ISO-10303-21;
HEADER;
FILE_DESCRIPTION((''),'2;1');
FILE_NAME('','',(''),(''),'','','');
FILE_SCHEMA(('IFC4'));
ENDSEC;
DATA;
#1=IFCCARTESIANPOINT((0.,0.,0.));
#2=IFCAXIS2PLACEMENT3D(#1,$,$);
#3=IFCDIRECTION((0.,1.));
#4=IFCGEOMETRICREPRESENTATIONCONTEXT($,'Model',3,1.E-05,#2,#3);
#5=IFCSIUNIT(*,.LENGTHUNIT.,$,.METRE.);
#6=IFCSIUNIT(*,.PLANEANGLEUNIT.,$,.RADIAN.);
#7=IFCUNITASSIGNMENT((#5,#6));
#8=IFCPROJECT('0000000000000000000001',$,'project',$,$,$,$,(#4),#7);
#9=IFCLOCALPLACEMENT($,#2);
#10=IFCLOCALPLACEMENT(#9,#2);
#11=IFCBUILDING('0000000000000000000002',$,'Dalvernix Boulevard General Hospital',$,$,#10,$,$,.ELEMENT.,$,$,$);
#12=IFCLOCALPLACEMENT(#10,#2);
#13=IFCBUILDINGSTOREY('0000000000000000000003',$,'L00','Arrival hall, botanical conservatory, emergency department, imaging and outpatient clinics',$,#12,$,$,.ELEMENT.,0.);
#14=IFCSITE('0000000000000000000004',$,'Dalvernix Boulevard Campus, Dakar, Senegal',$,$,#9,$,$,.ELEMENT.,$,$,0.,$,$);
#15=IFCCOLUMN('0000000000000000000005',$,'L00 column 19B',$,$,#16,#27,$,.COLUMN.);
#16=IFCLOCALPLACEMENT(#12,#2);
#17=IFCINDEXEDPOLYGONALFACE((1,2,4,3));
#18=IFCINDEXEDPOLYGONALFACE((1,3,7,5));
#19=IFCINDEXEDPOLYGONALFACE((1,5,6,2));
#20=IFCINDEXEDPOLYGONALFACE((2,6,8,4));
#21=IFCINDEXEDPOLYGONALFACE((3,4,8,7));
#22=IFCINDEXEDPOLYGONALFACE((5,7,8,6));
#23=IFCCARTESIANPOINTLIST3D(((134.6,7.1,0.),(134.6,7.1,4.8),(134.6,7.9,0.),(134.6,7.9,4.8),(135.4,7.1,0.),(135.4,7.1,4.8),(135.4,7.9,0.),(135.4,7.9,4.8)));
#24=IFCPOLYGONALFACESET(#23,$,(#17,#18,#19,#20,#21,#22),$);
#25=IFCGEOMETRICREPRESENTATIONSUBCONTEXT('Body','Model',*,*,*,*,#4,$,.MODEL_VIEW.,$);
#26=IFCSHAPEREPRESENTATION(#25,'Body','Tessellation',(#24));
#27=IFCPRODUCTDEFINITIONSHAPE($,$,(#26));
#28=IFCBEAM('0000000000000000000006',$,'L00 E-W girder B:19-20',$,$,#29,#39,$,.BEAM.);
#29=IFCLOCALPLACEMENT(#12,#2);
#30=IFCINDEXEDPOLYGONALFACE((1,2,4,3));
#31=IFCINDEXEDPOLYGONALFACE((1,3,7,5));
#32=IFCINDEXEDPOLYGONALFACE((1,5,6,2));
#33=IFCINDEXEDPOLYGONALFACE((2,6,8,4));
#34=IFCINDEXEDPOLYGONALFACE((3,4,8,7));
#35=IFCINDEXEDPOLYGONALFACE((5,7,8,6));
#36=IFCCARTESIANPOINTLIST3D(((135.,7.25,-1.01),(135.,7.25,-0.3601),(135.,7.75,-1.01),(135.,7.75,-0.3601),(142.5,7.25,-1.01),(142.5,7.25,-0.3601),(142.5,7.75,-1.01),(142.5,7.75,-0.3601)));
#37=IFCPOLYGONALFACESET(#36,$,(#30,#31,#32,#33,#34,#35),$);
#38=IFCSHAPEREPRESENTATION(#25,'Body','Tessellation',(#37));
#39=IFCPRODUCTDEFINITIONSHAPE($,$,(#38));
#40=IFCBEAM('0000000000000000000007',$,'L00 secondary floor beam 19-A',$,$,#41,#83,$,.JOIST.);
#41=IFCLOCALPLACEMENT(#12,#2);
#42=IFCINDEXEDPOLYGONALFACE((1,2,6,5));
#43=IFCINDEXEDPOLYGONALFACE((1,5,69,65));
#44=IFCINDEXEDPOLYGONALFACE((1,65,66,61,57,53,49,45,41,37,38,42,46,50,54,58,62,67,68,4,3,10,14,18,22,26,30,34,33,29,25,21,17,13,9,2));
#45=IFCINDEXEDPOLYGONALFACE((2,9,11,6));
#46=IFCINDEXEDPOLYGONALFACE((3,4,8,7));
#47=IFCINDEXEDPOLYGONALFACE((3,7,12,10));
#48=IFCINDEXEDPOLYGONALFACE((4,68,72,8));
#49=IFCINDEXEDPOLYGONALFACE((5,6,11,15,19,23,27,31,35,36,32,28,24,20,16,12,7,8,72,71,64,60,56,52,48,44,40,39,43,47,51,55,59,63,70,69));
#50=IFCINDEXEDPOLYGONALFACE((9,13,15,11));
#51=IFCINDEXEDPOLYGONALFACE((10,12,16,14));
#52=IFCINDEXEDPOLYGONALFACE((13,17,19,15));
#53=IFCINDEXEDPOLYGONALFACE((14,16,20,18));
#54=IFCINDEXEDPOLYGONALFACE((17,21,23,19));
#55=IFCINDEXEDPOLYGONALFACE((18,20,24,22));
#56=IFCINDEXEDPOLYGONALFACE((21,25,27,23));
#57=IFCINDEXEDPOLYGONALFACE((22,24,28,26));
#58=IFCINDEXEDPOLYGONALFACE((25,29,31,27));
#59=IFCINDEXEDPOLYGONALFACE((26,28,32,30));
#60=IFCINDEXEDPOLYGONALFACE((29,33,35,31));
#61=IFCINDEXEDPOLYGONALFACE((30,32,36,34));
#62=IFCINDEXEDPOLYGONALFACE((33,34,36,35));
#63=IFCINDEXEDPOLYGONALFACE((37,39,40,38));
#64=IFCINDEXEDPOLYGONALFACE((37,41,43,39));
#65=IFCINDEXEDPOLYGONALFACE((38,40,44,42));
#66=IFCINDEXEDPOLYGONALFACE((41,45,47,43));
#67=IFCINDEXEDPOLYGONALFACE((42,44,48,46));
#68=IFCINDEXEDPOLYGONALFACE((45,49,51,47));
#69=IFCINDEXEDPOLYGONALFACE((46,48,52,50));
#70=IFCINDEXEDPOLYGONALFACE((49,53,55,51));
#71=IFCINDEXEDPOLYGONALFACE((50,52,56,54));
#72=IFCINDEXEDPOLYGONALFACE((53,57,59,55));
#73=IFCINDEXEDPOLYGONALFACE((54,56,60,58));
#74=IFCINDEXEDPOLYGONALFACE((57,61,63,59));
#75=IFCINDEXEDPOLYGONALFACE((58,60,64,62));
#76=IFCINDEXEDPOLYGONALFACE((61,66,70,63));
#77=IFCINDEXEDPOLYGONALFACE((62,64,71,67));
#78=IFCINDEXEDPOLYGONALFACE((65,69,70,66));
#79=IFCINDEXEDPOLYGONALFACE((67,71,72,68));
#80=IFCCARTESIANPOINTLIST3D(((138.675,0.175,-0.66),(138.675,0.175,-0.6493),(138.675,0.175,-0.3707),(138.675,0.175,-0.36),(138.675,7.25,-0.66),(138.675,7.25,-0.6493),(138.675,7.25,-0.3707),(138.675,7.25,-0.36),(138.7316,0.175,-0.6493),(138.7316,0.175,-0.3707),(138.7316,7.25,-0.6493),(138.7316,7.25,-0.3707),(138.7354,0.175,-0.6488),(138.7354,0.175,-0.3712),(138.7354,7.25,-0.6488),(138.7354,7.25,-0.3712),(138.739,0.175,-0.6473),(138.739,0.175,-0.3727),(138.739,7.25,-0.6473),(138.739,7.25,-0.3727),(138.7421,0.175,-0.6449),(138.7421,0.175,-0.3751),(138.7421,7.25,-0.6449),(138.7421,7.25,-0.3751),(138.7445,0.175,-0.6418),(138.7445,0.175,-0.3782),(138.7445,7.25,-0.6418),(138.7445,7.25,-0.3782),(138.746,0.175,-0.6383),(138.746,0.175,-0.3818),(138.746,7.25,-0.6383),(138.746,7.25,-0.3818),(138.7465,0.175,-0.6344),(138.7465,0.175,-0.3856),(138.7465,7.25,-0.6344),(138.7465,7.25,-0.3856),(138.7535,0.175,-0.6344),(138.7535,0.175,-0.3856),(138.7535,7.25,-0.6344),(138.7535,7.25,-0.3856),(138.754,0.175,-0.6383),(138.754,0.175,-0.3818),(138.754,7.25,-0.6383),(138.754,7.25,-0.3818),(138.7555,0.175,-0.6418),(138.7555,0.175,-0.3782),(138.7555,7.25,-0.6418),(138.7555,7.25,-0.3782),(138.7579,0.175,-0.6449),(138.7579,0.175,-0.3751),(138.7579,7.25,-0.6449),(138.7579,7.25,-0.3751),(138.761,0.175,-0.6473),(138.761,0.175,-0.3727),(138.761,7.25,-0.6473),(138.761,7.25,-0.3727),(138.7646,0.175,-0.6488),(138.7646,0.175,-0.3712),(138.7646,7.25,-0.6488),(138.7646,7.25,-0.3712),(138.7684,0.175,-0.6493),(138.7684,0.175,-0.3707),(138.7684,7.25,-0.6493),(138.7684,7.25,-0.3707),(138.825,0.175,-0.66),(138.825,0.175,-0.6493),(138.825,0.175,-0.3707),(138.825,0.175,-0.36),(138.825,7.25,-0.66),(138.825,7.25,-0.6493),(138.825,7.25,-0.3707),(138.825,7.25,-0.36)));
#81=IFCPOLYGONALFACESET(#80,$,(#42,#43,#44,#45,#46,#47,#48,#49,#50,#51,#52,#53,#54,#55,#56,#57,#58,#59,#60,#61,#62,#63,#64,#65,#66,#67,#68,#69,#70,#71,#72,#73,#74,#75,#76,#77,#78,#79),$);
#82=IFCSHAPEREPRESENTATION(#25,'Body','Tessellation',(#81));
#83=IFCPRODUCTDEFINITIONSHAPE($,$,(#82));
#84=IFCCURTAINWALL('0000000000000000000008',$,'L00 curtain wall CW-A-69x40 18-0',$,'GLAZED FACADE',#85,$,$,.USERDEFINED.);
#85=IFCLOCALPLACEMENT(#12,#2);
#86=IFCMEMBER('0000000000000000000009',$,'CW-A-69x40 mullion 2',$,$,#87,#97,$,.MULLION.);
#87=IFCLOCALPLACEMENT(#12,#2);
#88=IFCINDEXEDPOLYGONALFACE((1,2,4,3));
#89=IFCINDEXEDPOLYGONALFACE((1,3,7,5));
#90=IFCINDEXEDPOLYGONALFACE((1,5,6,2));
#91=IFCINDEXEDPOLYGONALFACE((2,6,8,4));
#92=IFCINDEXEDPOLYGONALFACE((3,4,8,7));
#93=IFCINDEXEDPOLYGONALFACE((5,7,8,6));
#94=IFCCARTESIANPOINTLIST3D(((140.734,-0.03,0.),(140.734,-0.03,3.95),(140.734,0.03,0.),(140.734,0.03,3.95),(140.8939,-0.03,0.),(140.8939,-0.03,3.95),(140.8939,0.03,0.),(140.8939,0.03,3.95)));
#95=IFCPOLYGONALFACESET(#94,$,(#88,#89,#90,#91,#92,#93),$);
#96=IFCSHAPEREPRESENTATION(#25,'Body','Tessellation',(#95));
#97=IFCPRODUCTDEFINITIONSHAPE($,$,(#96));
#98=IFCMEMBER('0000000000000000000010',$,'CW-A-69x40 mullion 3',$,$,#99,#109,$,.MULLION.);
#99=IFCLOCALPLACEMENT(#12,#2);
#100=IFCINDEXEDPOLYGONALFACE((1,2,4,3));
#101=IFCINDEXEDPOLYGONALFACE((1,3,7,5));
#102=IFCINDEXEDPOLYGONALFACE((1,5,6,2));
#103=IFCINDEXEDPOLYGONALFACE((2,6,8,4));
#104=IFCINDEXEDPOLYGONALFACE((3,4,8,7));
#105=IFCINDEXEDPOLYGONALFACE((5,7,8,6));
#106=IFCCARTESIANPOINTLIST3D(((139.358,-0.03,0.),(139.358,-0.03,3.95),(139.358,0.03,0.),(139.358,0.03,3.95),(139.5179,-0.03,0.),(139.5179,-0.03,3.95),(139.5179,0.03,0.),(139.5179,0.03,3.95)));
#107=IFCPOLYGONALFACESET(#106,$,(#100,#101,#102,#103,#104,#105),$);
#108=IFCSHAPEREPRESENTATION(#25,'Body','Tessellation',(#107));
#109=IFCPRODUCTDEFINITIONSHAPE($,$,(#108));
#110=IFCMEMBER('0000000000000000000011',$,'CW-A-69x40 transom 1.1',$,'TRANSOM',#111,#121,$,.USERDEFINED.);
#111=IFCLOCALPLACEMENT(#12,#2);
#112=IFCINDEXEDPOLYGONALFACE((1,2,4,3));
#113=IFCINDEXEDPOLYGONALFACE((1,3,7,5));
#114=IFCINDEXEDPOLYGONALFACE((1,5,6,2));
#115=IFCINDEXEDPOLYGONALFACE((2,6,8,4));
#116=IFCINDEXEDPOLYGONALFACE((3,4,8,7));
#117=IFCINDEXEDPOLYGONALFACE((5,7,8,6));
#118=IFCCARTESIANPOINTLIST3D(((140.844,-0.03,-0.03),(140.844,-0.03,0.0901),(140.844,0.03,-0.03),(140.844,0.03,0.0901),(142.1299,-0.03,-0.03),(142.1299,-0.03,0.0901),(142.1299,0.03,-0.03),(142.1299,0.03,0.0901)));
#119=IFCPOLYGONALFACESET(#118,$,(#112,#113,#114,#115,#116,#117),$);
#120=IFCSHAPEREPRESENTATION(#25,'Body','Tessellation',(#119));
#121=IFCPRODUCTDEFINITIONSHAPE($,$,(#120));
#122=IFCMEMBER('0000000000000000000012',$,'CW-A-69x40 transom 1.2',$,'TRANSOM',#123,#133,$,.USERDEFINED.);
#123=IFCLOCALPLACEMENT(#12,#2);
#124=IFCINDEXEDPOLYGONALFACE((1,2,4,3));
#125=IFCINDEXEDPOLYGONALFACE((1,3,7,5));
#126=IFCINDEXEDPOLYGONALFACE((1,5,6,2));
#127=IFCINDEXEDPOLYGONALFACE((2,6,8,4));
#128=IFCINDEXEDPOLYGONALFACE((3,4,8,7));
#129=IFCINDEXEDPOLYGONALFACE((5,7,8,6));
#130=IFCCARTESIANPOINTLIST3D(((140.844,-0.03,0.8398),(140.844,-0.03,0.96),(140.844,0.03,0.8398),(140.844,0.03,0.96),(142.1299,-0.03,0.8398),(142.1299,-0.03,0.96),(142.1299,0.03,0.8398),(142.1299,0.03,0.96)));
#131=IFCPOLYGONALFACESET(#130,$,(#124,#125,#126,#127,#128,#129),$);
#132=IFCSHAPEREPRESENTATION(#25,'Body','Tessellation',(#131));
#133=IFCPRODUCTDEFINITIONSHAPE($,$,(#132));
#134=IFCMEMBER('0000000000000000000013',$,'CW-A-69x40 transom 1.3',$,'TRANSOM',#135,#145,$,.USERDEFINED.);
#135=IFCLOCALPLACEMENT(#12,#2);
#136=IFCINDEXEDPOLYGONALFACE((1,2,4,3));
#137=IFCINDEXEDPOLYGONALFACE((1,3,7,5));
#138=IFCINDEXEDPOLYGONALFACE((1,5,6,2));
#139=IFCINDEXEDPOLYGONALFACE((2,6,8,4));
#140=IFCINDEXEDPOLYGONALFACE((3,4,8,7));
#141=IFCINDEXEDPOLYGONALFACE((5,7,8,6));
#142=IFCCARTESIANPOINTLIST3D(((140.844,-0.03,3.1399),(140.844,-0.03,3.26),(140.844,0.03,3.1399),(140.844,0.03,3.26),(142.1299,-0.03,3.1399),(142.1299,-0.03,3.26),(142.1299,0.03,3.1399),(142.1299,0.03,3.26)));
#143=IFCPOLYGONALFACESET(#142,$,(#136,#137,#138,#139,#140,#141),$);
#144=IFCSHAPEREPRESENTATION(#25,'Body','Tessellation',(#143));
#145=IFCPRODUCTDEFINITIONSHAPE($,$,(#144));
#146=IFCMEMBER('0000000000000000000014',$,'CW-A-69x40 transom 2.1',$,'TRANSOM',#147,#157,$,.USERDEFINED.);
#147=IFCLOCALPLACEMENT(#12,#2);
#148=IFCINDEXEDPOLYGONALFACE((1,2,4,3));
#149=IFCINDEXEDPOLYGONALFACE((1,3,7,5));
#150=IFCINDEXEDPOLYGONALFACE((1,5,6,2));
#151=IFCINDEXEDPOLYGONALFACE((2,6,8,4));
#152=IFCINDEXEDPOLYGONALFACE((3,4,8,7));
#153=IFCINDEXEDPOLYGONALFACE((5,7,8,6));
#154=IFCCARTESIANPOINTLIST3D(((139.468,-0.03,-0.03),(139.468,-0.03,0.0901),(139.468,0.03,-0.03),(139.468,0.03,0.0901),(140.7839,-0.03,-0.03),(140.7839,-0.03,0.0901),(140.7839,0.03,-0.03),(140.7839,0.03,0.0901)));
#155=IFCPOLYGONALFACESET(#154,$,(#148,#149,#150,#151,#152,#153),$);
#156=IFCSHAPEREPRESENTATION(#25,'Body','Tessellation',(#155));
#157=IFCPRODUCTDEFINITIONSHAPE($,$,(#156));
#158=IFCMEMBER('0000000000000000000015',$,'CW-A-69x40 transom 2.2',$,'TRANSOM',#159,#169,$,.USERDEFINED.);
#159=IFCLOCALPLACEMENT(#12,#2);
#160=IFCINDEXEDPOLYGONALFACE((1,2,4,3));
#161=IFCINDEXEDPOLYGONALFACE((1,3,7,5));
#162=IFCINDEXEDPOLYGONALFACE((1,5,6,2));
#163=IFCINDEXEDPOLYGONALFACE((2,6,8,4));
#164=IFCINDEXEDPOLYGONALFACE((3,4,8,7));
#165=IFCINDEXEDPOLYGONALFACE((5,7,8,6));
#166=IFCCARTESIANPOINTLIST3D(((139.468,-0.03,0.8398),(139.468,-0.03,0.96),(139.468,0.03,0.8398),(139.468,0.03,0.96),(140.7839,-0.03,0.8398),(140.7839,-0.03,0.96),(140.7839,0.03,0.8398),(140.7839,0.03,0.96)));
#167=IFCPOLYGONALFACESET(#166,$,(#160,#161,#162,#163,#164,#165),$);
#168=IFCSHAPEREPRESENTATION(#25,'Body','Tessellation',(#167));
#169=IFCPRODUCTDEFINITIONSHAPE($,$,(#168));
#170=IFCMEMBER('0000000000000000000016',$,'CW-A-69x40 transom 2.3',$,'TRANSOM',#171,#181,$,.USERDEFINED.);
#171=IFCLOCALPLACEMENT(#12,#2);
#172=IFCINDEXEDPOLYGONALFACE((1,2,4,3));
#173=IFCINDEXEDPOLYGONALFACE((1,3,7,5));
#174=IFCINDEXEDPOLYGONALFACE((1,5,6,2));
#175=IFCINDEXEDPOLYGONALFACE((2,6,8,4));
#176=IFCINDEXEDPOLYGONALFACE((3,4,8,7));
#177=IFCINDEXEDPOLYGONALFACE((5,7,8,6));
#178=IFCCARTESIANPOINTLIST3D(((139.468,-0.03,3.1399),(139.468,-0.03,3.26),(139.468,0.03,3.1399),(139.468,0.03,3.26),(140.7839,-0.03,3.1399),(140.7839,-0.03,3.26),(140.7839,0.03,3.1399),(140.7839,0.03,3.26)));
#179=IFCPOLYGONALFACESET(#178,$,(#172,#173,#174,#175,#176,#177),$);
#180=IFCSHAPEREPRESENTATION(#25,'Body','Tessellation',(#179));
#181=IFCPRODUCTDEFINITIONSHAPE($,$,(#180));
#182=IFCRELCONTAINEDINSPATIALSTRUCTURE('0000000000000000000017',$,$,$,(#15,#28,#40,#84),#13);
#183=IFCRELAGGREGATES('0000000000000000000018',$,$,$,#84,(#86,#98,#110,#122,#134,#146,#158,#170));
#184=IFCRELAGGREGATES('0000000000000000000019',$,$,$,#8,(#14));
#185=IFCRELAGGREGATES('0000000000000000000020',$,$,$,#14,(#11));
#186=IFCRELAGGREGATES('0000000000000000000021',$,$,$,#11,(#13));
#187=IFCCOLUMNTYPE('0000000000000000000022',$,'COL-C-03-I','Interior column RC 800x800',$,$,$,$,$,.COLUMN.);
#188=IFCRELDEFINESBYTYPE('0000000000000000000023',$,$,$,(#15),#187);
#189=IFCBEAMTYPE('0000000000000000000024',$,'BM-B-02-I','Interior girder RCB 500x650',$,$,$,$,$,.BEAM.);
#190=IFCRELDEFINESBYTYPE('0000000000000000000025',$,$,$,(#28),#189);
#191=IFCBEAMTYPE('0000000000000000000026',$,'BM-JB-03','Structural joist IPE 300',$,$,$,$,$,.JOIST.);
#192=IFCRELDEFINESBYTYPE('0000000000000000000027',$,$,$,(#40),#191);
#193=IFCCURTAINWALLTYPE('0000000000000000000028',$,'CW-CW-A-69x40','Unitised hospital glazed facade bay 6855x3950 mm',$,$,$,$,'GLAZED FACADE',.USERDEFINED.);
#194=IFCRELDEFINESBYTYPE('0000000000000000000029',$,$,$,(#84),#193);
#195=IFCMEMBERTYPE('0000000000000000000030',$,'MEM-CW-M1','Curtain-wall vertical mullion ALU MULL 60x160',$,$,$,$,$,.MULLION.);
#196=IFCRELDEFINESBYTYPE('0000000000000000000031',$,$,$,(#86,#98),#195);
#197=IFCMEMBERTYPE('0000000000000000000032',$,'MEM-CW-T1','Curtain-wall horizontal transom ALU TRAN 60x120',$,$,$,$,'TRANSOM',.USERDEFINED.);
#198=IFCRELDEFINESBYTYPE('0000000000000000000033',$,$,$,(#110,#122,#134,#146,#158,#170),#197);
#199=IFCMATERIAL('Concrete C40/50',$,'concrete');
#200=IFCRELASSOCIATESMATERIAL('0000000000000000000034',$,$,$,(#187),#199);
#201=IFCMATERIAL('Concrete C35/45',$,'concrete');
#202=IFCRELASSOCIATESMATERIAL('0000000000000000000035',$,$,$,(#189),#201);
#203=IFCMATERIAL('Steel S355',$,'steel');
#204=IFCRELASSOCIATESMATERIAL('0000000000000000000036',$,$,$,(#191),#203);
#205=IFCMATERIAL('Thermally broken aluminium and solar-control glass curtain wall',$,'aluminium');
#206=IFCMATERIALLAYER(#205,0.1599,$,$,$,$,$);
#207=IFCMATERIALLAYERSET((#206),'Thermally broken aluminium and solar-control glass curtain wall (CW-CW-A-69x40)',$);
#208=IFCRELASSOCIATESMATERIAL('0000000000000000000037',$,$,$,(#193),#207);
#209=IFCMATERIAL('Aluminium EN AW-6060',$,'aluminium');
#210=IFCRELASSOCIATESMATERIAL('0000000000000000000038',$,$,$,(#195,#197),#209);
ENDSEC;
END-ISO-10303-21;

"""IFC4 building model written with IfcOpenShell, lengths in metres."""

from ifc_helpers import new_model, si_unit, direction, frame, origin, origin_2d, place, context, subcontext, project, spatial, rectangle, i_section, extrude, material, layer, layer_set, material_profile, profile_set, type_object, element, aggregate, save


model = new_model("IFC4")

# Units and contexts
model_context = context("Model", 3, precision=1e-05, world=origin(), true_north=direction((0.0, 1.0)))
body_context = subcontext(model_context, "Body", "Model", "MODEL_VIEW")
ifc_project = project(units=[si_unit("LENGTHUNIT", "METRE"), si_unit("PLANEANGLEUNIT", "RADIAN")], contexts=[model_context])

# Site, building, storey
site_placement = place(None, origin())
site = spatial("IfcSite", under=ifc_project, at=site_placement, Name="Dalvernix Boulevard Campus, Dakar, Senegal", CompositionType="ELEMENT", RefElevation=0.0)
building_placement = place(site_placement, origin())
building = spatial("IfcBuilding", under=site, at=building_placement, Name="Dalvernix Boulevard General Hospital", CompositionType="ELEMENT")
storey_placement = place(building_placement, origin())
storey = spatial("IfcBuildingStorey", under=building, at=storey_placement, Name="L00", Description="Arrival hall, botanical conservatory, emergency department, imaging and outpatient clinics", CompositionType="ELEMENT", Elevation=0.0)

# Column
ifc_material_1 = material(Name="Concrete C40/50", Category="concrete")
ifc_material_profile_1 = material_profile(ifc_material_1, rectangle(XDim=0.8, YDim=0.8, at=origin_2d()), Name="RC 800x800")
ifc_profile_set_1 = profile_set([ifc_material_profile_1], Name="Concrete C40/50")
column_type = type_object("IfcColumnType", Name="COL-C-03-I", Description="Interior column RC 800x800", PredefinedType="COLUMN", material=ifc_profile_set_1)
column_placement = place(storey_placement, frame((135.0, 7.5, 0.0), z_axis=(0.0, 0.0, 1.0), x_axis=(1.0, 0.0, 0.0)))
element("IfcColumn", 1, at=column_placement, inside=storey, type_object=column_type, Name="L00 column 19B", PredefinedType="COLUMN", context=body_context, shape_type="SweptSolid", body=[
    extrude(rectangle(XDim=0.8, YDim=0.8, at=origin_2d()), origin(), (0.0, 0.0, 1.0), 4.8),
])

# Beams
ifc_material_2 = material(Name="Concrete C35/45", Category="concrete")
ifc_material_profile_2 = material_profile(ifc_material_2, rectangle(XDim=0.5, YDim=0.6499, at=origin_2d()), Name="RCB 500x650")
ifc_profile_set_2 = profile_set([ifc_material_profile_2], Name="Concrete C35/45")
beam_type_1 = type_object("IfcBeamType", Name="BM-B-02-I", Description="Interior girder RCB 500x650", PredefinedType="BEAM", material=ifc_profile_set_2)
beam_1_placement = place(storey_placement, frame((135.0, 7.5, -0.6851), z_axis=(1.0, 0.0, 0.0), x_axis=(0.0, 1.0, 0.0)))
element("IfcBeam", 2, at=beam_1_placement, inside=storey, type_object=beam_type_1, Name="L00 E-W girder B:19-20", PredefinedType="BEAM", context=body_context, shape_type="SweptSolid", body=[
    extrude(rectangle(XDim=0.5, YDim=0.6499, at=origin_2d()), origin(), (0.0, 0.0, 1.0), 7.5),
])
ifc_material_3 = material(Name="Steel S355", Category="steel")
ifc_material_profile_3 = material_profile(ifc_material_3, i_section(OverallWidth=0.1499, OverallDepth=0.3, WebThickness=0.0071, FlangeThickness=0.0107, FilletRadius=0.0149, at=origin_2d()), Name="IPE 300")
ifc_profile_set_3 = profile_set([ifc_material_profile_3], Name="Steel S355")
beam_type_2 = type_object("IfcBeamType", Name="BM-JB-03", Description="Structural joist IPE 300", PredefinedType="JOIST", material=ifc_profile_set_3)
beam_2_placement = place(storey_placement, frame((138.75, 0.175, -0.51), z_axis=(0.0, 1.0, 0.0), x_axis=(-1.0, 0.0, 0.0)))
element("IfcBeam", 3, at=beam_2_placement, inside=storey, type_object=beam_type_2, Name="L00 secondary floor beam 19-A", PredefinedType="JOIST", context=body_context, shape_type="SweptSolid", body=[
    extrude(i_section(OverallWidth=0.1499, OverallDepth=0.3, WebThickness=0.0071, FlangeThickness=0.0107, FilletRadius=0.0149, at=origin_2d()), origin(), (0.0, 0.0, 1.0), 7.075),
])

# Curtain wall, members
ifc_material_4 = material(Name="Thermally broken aluminium and solar-control glass curtain wall", Category="aluminium")
ifc_layer_1 = layer(ifc_material_4, 0.1599)
ifc_layer_set_1 = layer_set([ifc_layer_1], Name="Thermally broken aluminium and solar-control glass curtain wall (CW-CW-A-69x40)")
curtain_wall_type = type_object("IfcCurtainWallType", Name="CW-CW-A-69x40", Description="Unitised hospital glazed facade bay 6855x3950 mm", ElementType="GLAZED FACADE", PredefinedType="USERDEFINED", material=ifc_layer_set_1)
curtain_wall_placement = place(storey_placement, origin())
curtain_wall = element("IfcCurtainWall", 4, at=curtain_wall_placement, inside=storey, type_object=curtain_wall_type, Name="L00 curtain wall CW-A-69x40 18-0", ObjectType="GLAZED FACADE", PredefinedType="USERDEFINED")
ifc_material_5 = material(Name="Aluminium EN AW-6060", Category="aluminium")
ifc_material_profile_4 = material_profile(ifc_material_5, rectangle(XDim=0.0601, YDim=0.1599, at=origin_2d()), Name="ALU MULL 60x160")
ifc_profile_set_4 = profile_set([ifc_material_profile_4], Name="Aluminium EN AW-6060")
member_type_1 = type_object("IfcMemberType", Name="MEM-CW-M1", Description="Curtain-wall vertical mullion ALU MULL 60x160", PredefinedType="MULLION", material=ifc_profile_set_4)
member_1_placement = place(storey_placement, frame((140.814, 0.0, 0.0), z_axis=(0.0, 0.0, 1.0), x_axis=(0.0, -1.0, 0.0)))
member_1 = element("IfcMember", 5, at=member_1_placement, type_object=member_type_1, Name="CW-A-69x40 mullion 2", PredefinedType="MULLION", context=body_context, shape_type="SweptSolid", body=[
    extrude(rectangle(XDim=0.0601, YDim=0.1599, at=origin_2d()), origin(), (0.0, 0.0, 1.0), 3.95),
])
member_2_placement = place(storey_placement, frame((139.438, 0.0, 0.0), z_axis=(0.0, 0.0, 1.0), x_axis=(0.0, -1.0, 0.0)))
member_2 = element("IfcMember", 6, at=member_2_placement, type_object=member_type_1, Name="CW-A-69x40 mullion 3", PredefinedType="MULLION", context=body_context, shape_type="SweptSolid", body=[
    extrude(rectangle(XDim=0.0601, YDim=0.1599, at=origin_2d()), origin(), (0.0, 0.0, 1.0), 3.95),
])
ifc_material_profile_5 = material_profile(ifc_material_5, rectangle(XDim=0.0601, YDim=0.1201, at=origin_2d()), Name="ALU TRAN 60x120")
ifc_profile_set_5 = profile_set([ifc_material_profile_5], Name="Aluminium EN AW-6060")
member_type_2 = type_object("IfcMemberType", Name="MEM-CW-T1", Description="Curtain-wall horizontal transom ALU TRAN 60x120", ElementType="TRANSOM", PredefinedType="USERDEFINED", material=ifc_profile_set_5)
member_3_placement = place(storey_placement, frame((142.1299, 0.0, 0.03), z_axis=(-1.0, 0.0, 0.0), x_axis=(0.0, -1.0, 0.0)))
member_3 = element("IfcMember", 7, at=member_3_placement, type_object=member_type_2, Name="CW-A-69x40 transom 1.1", ObjectType="TRANSOM", PredefinedType="USERDEFINED", context=body_context, shape_type="SweptSolid", body=[
    extrude(rectangle(XDim=0.0601, YDim=0.1201, at=origin_2d()), origin(), (0.0, 0.0, 1.0), 1.2859),
])
member_4_placement = place(storey_placement, frame((142.1299, 0.0, 0.8999), z_axis=(-1.0, 0.0, 0.0), x_axis=(0.0, -1.0, 0.0)))
member_4 = element("IfcMember", 8, at=member_4_placement, type_object=member_type_2, Name="CW-A-69x40 transom 1.2", ObjectType="TRANSOM", PredefinedType="USERDEFINED", context=body_context, shape_type="SweptSolid", body=[
    extrude(rectangle(XDim=0.0601, YDim=0.1201, at=origin_2d()), origin(), (0.0, 0.0, 1.0), 1.2859),
])
member_5_placement = place(storey_placement, frame((142.1299, 0.0, 3.2), z_axis=(-1.0, 0.0, 0.0), x_axis=(0.0, -1.0, 0.0)))
member_5 = element("IfcMember", 9, at=member_5_placement, type_object=member_type_2, Name="CW-A-69x40 transom 1.3", ObjectType="TRANSOM", PredefinedType="USERDEFINED", context=body_context, shape_type="SweptSolid", body=[
    extrude(rectangle(XDim=0.0601, YDim=0.1201, at=origin_2d()), origin(), (0.0, 0.0, 1.0), 1.2859),
])
member_6_placement = place(storey_placement, frame((140.7839, 0.0, 0.03), z_axis=(-1.0, 0.0, 0.0), x_axis=(0.0, -1.0, 0.0)))
member_6 = element("IfcMember", 10, at=member_6_placement, type_object=member_type_2, Name="CW-A-69x40 transom 2.1", ObjectType="TRANSOM", PredefinedType="USERDEFINED", context=body_context, shape_type="SweptSolid", body=[
    extrude(rectangle(XDim=0.0601, YDim=0.1201, at=origin_2d()), origin(), (0.0, 0.0, 1.0), 1.3159),
])
member_7_placement = place(storey_placement, frame((140.7839, 0.0, 0.8999), z_axis=(-1.0, 0.0, 0.0), x_axis=(0.0, -1.0, 0.0)))
member_7 = element("IfcMember", 11, at=member_7_placement, type_object=member_type_2, Name="CW-A-69x40 transom 2.2", ObjectType="TRANSOM", PredefinedType="USERDEFINED", context=body_context, shape_type="SweptSolid", body=[
    extrude(rectangle(XDim=0.0601, YDim=0.1201, at=origin_2d()), origin(), (0.0, 0.0, 1.0), 1.3159),
])
member_8_placement = place(storey_placement, frame((140.7839, 0.0, 3.2), z_axis=(-1.0, 0.0, 0.0), x_axis=(0.0, -1.0, 0.0)))
member_8 = element("IfcMember", 12, at=member_8_placement, type_object=member_type_2, Name="CW-A-69x40 transom 2.3", ObjectType="TRANSOM", PredefinedType="USERDEFINED", context=body_context, shape_type="SweptSolid", body=[
    extrude(rectangle(XDim=0.0601, YDim=0.1201, at=origin_2d()), origin(), (0.0, 0.0, 1.0), 1.3159),
])
aggregate(curtain_wall, [member_1, member_2, member_3, member_4, member_5, member_6, member_7, member_8])

save(model, "model.ifc")
